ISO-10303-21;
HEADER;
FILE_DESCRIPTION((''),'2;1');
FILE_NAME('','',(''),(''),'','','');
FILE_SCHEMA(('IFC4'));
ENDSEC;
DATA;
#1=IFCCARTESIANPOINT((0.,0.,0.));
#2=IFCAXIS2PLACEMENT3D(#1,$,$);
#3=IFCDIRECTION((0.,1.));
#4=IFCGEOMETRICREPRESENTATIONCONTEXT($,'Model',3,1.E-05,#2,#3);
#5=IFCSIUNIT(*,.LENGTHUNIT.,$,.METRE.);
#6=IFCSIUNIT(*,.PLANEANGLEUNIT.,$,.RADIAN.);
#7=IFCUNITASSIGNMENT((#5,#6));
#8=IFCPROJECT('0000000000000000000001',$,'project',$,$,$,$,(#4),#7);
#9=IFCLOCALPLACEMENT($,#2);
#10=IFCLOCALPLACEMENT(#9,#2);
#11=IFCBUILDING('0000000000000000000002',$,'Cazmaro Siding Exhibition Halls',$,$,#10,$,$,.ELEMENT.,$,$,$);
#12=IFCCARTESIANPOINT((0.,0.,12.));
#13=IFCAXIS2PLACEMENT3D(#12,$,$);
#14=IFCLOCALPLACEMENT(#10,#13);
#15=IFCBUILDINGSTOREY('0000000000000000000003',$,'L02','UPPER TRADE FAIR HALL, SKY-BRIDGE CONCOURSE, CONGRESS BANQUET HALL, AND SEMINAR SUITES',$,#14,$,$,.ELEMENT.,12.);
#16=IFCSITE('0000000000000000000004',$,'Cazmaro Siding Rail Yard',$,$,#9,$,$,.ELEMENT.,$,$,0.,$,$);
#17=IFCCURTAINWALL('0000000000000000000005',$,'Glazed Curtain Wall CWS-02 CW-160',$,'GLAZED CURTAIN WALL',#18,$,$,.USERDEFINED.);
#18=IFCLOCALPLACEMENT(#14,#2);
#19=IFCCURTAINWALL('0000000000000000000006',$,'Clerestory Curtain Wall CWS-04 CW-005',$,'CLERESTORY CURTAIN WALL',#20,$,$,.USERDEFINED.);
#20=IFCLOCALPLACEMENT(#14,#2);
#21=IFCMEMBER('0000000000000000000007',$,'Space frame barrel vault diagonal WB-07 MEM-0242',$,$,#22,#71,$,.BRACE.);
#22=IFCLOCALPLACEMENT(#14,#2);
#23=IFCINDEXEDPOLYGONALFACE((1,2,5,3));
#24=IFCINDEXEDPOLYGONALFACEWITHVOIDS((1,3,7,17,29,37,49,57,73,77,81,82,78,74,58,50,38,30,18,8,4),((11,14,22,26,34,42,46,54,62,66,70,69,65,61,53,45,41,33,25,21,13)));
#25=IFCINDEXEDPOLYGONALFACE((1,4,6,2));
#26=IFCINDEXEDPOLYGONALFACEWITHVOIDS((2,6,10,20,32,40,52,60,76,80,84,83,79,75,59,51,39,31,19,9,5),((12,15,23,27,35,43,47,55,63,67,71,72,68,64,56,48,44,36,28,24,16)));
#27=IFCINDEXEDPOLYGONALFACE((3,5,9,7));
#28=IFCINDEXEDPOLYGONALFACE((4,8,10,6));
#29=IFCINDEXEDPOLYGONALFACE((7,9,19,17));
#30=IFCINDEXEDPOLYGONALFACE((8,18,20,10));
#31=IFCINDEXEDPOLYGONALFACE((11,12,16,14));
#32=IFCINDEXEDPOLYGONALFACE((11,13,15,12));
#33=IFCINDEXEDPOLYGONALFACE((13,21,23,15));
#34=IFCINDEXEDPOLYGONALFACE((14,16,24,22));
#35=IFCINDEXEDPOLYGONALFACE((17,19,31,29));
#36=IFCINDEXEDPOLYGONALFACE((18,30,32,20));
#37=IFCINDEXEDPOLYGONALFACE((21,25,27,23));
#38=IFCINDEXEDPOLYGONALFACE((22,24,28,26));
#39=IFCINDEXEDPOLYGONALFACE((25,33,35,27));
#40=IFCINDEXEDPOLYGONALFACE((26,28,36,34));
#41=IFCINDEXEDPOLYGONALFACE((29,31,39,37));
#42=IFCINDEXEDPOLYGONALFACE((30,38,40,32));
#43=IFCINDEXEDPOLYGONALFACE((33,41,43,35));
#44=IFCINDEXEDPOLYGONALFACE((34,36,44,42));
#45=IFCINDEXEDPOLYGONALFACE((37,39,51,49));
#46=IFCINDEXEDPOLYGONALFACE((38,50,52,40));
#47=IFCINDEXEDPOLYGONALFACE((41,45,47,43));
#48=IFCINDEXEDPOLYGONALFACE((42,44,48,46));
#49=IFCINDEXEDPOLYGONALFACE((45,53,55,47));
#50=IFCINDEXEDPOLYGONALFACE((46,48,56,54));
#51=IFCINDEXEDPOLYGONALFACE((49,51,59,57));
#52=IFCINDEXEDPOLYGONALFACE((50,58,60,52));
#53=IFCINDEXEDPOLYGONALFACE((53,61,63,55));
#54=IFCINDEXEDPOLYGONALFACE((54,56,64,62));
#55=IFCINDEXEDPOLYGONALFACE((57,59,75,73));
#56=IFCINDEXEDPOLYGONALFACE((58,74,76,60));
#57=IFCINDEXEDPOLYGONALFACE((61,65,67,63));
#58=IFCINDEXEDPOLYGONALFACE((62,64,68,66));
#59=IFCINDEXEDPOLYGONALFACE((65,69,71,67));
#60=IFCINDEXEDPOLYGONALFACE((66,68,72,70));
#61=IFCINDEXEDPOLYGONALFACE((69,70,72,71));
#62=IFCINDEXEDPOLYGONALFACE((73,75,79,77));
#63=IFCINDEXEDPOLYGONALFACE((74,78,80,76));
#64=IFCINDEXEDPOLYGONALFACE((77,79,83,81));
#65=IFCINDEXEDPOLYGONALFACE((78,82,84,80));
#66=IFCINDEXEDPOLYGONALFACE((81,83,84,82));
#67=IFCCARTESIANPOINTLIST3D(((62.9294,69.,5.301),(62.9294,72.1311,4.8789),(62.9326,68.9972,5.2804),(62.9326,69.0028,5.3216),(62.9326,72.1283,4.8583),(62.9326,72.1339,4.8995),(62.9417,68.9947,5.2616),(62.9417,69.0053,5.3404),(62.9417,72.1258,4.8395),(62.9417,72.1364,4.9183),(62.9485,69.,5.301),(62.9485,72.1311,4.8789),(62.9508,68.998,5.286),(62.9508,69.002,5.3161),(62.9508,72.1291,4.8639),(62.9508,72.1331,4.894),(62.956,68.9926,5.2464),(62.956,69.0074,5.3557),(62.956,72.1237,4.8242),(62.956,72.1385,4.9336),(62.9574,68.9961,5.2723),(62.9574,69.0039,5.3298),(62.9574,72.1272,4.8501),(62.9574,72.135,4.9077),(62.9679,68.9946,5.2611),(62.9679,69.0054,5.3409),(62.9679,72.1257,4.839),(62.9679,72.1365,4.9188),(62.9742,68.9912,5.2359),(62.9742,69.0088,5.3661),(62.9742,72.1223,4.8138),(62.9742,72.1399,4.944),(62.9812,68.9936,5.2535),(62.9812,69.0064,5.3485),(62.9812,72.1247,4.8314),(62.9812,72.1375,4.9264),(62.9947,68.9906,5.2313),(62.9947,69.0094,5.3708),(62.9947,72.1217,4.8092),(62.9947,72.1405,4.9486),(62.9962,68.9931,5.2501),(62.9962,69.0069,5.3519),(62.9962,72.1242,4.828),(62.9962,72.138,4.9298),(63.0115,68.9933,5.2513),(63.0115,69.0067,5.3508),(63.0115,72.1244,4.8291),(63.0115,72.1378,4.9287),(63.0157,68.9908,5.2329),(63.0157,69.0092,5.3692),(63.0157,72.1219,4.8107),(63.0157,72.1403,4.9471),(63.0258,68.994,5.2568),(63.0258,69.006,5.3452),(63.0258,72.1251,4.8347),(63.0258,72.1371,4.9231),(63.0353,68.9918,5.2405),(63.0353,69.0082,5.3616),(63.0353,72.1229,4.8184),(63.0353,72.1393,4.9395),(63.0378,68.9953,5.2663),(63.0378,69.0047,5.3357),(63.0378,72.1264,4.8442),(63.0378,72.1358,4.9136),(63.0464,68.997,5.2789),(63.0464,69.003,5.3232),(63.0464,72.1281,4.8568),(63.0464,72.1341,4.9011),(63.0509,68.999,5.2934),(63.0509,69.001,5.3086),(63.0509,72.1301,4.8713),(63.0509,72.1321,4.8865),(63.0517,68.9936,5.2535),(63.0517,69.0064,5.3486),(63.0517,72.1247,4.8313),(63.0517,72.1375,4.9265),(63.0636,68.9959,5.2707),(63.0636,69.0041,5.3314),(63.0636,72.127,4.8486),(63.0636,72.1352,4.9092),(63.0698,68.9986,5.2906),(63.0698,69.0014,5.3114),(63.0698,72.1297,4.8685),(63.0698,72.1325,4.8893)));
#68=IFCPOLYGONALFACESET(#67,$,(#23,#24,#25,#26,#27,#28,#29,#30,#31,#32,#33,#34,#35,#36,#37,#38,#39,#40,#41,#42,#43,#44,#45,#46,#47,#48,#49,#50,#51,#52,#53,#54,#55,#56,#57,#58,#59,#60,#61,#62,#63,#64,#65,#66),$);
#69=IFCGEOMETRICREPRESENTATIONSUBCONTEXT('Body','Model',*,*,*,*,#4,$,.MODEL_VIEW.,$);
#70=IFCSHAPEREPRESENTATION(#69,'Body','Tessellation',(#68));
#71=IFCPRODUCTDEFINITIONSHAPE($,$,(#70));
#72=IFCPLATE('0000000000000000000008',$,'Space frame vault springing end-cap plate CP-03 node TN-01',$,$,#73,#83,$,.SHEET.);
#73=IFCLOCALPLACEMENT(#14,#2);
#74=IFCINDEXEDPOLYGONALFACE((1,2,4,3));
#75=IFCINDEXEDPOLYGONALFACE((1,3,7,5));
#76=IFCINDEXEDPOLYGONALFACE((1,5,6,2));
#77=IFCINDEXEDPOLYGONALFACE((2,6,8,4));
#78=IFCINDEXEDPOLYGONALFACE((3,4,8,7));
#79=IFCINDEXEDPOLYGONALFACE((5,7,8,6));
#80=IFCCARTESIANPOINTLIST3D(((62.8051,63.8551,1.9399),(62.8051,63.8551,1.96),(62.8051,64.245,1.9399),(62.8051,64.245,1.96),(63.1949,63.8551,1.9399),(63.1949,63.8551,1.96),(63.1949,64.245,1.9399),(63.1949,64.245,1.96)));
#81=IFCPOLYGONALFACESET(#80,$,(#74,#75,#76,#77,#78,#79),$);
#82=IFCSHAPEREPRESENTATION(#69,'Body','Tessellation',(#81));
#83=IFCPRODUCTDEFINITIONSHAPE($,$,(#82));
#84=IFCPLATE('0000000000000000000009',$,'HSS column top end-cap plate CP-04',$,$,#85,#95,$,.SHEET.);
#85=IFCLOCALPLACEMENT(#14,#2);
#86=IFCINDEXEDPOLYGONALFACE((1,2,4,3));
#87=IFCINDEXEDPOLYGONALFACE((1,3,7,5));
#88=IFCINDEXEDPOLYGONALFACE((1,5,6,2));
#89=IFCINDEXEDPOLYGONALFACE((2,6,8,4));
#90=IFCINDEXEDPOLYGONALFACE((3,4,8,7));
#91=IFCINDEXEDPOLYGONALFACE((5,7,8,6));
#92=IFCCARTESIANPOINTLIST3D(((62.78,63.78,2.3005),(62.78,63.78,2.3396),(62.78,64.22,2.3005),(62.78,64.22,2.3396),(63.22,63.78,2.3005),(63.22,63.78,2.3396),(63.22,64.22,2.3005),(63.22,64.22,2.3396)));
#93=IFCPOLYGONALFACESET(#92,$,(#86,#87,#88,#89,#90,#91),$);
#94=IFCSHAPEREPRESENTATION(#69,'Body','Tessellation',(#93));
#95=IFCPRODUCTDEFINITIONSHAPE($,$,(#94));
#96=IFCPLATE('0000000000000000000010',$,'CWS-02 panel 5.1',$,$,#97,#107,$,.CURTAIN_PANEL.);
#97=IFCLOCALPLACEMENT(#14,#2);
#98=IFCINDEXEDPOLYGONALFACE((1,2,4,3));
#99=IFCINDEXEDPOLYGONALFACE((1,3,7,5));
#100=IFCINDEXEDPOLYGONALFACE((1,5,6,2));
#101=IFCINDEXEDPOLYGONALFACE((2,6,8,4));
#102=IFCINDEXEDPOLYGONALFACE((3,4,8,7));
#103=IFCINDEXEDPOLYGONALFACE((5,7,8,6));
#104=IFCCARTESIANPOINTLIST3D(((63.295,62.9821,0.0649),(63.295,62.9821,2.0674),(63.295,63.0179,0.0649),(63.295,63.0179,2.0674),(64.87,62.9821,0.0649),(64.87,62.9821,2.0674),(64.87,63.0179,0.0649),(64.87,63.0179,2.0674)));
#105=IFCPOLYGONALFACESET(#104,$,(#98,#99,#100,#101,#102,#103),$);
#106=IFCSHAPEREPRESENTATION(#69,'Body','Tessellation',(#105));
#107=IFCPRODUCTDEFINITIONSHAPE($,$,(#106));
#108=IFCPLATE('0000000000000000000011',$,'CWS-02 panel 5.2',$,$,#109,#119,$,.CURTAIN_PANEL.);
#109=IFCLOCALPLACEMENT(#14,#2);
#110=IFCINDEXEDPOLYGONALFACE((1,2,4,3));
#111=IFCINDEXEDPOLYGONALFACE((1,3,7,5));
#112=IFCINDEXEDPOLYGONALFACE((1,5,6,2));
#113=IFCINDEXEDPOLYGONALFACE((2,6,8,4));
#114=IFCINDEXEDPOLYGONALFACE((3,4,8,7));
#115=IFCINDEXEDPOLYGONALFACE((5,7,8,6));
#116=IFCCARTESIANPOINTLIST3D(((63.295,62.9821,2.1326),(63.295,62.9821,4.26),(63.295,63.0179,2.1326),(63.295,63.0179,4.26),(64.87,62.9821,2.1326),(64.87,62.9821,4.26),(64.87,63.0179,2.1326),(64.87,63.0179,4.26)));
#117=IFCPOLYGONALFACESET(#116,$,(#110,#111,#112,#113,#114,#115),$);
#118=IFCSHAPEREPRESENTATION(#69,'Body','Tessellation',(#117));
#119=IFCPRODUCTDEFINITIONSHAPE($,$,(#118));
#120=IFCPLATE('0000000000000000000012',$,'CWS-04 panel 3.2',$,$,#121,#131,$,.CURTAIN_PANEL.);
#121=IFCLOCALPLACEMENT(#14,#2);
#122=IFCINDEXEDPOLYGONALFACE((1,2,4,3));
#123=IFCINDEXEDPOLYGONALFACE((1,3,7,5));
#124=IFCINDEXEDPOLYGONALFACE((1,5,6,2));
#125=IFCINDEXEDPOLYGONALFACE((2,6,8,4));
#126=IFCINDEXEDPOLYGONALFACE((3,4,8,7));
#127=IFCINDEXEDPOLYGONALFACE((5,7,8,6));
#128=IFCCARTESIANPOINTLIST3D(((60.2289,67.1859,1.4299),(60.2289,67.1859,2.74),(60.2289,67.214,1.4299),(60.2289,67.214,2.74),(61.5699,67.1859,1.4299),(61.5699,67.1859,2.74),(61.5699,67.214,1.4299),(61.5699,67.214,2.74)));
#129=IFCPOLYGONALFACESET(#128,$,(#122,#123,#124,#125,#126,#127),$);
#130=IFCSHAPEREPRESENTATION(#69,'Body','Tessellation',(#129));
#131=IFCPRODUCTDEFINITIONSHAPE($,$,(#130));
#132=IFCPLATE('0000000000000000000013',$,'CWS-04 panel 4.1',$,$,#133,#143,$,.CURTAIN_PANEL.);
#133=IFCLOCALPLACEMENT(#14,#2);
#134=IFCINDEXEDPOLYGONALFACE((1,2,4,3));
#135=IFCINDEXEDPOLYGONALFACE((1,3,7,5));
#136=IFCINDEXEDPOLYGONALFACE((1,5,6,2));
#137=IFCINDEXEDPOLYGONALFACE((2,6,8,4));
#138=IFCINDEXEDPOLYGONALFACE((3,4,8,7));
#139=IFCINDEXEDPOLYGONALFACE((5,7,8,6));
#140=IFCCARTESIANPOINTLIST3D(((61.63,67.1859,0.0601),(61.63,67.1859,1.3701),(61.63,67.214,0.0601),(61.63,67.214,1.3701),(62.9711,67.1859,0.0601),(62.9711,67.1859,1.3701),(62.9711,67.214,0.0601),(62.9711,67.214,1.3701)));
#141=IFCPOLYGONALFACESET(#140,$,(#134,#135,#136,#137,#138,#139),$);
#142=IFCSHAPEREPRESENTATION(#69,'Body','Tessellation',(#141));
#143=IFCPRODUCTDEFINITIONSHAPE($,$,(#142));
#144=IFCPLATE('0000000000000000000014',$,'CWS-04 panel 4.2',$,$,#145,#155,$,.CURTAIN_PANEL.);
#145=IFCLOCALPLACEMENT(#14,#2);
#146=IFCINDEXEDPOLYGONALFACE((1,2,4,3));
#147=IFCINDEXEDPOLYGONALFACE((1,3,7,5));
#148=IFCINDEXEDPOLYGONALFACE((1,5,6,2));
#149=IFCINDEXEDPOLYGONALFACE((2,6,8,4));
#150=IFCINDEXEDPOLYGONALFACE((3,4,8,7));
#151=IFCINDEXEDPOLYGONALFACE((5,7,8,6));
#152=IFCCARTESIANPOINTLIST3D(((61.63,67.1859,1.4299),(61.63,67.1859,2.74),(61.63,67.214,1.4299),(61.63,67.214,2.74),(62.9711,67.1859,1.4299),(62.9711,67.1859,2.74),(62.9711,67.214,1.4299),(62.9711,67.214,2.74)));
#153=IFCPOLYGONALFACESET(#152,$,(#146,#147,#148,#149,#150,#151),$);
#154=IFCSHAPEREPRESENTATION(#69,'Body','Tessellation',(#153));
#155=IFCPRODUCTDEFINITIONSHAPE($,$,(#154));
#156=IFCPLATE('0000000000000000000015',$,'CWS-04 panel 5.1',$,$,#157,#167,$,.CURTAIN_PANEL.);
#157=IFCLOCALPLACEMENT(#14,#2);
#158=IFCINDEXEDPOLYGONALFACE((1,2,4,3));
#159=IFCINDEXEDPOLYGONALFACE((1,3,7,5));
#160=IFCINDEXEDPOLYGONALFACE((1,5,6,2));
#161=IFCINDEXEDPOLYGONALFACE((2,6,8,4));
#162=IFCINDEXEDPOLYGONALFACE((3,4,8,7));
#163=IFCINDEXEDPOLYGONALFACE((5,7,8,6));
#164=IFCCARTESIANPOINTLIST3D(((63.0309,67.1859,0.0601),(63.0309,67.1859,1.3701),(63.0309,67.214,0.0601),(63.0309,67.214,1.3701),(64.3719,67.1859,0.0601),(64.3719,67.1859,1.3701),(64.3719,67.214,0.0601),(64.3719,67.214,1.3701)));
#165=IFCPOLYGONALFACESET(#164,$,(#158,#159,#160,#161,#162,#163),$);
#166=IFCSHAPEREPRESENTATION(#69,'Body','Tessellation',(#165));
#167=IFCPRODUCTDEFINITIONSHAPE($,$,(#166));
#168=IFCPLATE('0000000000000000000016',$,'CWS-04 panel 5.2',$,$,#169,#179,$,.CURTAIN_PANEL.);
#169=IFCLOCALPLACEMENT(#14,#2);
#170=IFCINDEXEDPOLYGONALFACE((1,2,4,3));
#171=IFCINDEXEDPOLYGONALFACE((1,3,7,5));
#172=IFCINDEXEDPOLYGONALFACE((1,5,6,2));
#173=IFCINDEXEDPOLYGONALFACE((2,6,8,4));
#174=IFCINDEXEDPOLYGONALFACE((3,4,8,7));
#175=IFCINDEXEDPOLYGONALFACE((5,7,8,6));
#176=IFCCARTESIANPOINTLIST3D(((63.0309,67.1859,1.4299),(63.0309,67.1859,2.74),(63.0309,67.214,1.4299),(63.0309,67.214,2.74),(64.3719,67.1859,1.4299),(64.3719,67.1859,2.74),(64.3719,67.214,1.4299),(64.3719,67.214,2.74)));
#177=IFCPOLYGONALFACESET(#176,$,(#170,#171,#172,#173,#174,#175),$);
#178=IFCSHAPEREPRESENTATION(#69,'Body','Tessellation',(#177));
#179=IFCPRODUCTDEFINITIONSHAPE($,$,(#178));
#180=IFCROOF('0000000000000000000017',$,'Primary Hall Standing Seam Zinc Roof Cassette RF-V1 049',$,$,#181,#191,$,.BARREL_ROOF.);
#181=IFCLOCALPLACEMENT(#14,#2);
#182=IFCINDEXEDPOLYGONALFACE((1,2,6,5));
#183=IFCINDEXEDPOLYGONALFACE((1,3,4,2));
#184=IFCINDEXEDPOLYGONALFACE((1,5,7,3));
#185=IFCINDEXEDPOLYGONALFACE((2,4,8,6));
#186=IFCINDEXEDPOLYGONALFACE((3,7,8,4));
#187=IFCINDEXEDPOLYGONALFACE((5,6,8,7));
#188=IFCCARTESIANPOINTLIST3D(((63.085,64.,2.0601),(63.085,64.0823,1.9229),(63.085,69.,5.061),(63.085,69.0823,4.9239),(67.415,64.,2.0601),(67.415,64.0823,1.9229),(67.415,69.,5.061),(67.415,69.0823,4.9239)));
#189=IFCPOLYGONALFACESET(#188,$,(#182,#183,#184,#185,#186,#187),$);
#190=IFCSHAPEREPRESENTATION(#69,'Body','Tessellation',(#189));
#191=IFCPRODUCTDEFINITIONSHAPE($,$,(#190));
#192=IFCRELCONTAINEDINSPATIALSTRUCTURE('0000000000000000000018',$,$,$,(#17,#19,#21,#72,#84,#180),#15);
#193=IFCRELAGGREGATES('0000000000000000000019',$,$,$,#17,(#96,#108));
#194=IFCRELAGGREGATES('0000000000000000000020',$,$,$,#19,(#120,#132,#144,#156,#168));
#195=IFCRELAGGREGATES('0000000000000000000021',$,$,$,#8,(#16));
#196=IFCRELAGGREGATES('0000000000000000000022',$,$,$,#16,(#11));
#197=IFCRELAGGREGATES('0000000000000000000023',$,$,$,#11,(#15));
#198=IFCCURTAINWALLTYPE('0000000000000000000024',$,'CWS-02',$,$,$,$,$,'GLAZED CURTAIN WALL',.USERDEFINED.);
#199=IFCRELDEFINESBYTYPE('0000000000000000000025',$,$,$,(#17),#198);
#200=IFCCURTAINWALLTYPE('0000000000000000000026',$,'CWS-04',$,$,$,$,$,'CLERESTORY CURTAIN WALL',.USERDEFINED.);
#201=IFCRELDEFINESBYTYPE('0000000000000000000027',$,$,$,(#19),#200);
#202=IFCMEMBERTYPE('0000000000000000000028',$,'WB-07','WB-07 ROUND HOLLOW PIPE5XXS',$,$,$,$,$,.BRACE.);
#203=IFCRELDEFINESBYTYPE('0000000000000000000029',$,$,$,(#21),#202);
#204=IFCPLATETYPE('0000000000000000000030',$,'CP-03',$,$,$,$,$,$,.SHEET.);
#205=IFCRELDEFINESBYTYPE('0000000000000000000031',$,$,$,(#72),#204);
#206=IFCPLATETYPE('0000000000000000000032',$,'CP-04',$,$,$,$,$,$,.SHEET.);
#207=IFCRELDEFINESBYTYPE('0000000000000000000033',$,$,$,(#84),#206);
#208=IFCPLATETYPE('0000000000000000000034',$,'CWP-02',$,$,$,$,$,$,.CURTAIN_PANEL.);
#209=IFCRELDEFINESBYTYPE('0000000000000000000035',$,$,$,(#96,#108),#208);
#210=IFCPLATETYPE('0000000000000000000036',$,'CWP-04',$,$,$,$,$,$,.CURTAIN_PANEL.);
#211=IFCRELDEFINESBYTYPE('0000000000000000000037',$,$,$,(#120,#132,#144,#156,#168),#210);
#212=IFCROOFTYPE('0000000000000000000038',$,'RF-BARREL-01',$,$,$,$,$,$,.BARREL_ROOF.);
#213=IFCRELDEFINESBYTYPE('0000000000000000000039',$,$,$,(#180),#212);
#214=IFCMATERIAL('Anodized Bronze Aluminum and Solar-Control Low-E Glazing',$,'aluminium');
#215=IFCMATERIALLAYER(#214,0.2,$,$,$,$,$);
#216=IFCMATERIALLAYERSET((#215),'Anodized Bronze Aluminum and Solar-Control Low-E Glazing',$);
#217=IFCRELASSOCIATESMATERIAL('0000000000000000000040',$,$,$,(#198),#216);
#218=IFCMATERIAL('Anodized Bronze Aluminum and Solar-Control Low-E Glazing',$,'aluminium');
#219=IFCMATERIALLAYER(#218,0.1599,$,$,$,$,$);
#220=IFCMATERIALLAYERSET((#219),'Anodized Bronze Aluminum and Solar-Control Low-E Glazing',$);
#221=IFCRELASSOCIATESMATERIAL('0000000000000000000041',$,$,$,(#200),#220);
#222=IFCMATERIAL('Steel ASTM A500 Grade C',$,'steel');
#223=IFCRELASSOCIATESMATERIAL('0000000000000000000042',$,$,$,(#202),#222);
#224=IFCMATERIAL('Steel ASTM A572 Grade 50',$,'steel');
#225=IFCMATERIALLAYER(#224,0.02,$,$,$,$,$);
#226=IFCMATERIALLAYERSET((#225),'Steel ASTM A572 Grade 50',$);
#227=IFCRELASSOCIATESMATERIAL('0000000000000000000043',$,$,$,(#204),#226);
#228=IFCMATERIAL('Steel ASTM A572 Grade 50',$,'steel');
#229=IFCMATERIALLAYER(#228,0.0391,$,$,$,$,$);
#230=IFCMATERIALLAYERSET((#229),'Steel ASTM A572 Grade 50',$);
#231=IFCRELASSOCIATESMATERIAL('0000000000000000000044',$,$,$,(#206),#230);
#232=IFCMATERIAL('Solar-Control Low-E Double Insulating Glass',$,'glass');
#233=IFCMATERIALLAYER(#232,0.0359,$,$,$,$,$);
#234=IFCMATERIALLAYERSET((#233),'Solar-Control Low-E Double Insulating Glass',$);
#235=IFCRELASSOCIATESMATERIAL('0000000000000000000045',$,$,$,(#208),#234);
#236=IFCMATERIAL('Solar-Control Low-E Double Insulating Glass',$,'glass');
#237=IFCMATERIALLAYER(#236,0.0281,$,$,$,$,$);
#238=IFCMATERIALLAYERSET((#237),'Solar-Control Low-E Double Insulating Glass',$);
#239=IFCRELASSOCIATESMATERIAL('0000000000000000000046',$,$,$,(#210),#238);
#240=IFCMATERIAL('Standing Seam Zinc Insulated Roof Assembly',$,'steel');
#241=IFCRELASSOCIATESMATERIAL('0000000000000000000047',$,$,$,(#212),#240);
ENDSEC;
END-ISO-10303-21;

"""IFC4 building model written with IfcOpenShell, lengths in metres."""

from ifc_helpers import new_model, si_unit, direction, frame, origin, origin_2d, place, context, subcontext, project, spatial, polyline, rectangle, hollow_circle, outline, extrude, material, layer, layer_set, material_profile, profile_set, type_object, element, aggregate, save


model = new_model("IFC4")

# Units and contexts
model_context = context("Model", 3, precision=1e-05, world=origin(), true_north=direction((0.0, 1.0)))
body_context = subcontext(model_context, "Body", "Model", "MODEL_VIEW")
ifc_project = project(units=[si_unit("LENGTHUNIT", "METRE"), si_unit("PLANEANGLEUNIT", "RADIAN")], contexts=[model_context])

# Site, building, storey
site_placement = place(None, origin())
site = spatial("IfcSite", under=ifc_project, at=site_placement, Name="Cazmaro Siding Rail Yard", CompositionType="ELEMENT", RefElevation=0.0)
building_placement = place(site_placement, origin())
building = spatial("IfcBuilding", under=site, at=building_placement, Name="Cazmaro Siding Exhibition Halls", CompositionType="ELEMENT")
storey_placement = place(building_placement, frame((0.0, 0.0, 12.0)))
storey = spatial("IfcBuildingStorey", under=building, at=storey_placement, Name="L02", Description="UPPER TRADE FAIR HALL, SKY-BRIDGE CONCOURSE, CONGRESS BANQUET HALL, AND SEMINAR SUITES", CompositionType="ELEMENT", Elevation=12.0)

# Curtain wall
ifc_material_1 = material(Name="Anodized Bronze Aluminum and Solar-Control Low-E Glazing", Category="aluminium")
ifc_layer_1 = layer(ifc_material_1, 0.2)
ifc_layer_set_1 = layer_set([ifc_layer_1], Name="Anodized Bronze Aluminum and Solar-Control Low-E Glazing")
curtain_wall_type_1 = type_object("IfcCurtainWallType", Name="CWS-02", ElementType="GLAZED CURTAIN WALL", PredefinedType="USERDEFINED", material=ifc_layer_set_1)
curtain_wall_1_placement = place(storey_placement, origin())
curtain_wall_1 = element("IfcCurtainWall", 1, at=curtain_wall_1_placement, inside=storey, type_object=curtain_wall_type_1, Name="Glazed Curtain Wall CWS-02 CW-160", ObjectType="GLAZED CURTAIN WALL", PredefinedType="USERDEFINED")

# Curtain wall
ifc_material_2 = material(Name="Anodized Bronze Aluminum and Solar-Control Low-E Glazing", Category="aluminium")
ifc_layer_2 = layer(ifc_material_2, 0.1599)
ifc_layer_set_2 = layer_set([ifc_layer_2], Name="Anodized Bronze Aluminum and Solar-Control Low-E Glazing")
curtain_wall_type_2 = type_object("IfcCurtainWallType", Name="CWS-04", ElementType="CLERESTORY CURTAIN WALL", PredefinedType="USERDEFINED", material=ifc_layer_set_2)
curtain_wall_2_placement = place(storey_placement, origin())
curtain_wall_2 = element("IfcCurtainWall", 2, at=curtain_wall_2_placement, inside=storey, type_object=curtain_wall_type_2, Name="Clerestory Curtain Wall CWS-04 CW-005", ObjectType="CLERESTORY CURTAIN WALL", PredefinedType="USERDEFINED")

# Member
ifc_material_3 = material(Name="Steel ASTM A500 Grade C", Category="steel")
ifc_material_profile_1 = material_profile(ifc_material_3, hollow_circle(Radius=0.0706, WallThickness=0.019, at=origin_2d()), Name="PIPE5XXS")
ifc_profile_set_1 = profile_set([ifc_material_profile_1], Name="Steel ASTM A500 Grade C")
member_type_1 = type_object("IfcMemberType", Name="WB-07", Description="WB-07 ROUND HOLLOW PIPE5XXS", PredefinedType="BRACE", material=ifc_profile_set_1)
member_1_placement = place(storey_placement, frame((63.0, 69.0, 5.301), z_axis=(0.0, 0.991035, -0.133606), x_axis=(-1.0, 0.0, 0.0)))
element("IfcMember", 3, at=member_1_placement, inside=storey, type_object=member_type_1, Name="Space frame barrel vault diagonal WB-07 MEM-0242", PredefinedType="BRACE", context=body_context, shape_type="SweptSolid", body=[
    extrude(hollow_circle(Radius=0.0706, WallThickness=0.019, at=origin_2d()), origin(), (0.0, 0.0, 1.0), 3.1594),
])

# Plates
ifc_material_4 = material(Name="Steel ASTM A572 Grade 50", Category="steel")
ifc_layer_3 = layer(ifc_material_4, 0.02)
ifc_layer_set_3 = layer_set([ifc_layer_3], Name="Steel ASTM A572 Grade 50")
plate_type_1 = type_object("IfcPlateType", Name="CP-03", PredefinedType="SHEET", material=ifc_layer_set_3)
plate_1_placement = place(storey_placement, frame((63.0, 64.05, 1.9399), z_axis=(0.0, 0.0, 1.0), x_axis=(1.0, 0.0, 0.0)))
element("IfcPlate", 4, at=plate_1_placement, inside=storey, type_object=plate_type_1, Name="Space frame vault springing end-cap plate CP-03 node TN-01", PredefinedType="SHEET", context=body_context, shape_type="SweptSolid", body=[
    extrude(rectangle(XDim=0.3899, YDim=0.3899, at=origin_2d()), origin(), (0.0, 0.0, 1.0), 0.02),
])
ifc_material_5 = material(Name="Steel ASTM A572 Grade 50", Category="steel")
ifc_layer_4 = layer(ifc_material_5, 0.0391)
ifc_layer_set_4 = layer_set([ifc_layer_4], Name="Steel ASTM A572 Grade 50")
plate_type_2 = type_object("IfcPlateType", Name="CP-04", PredefinedType="SHEET", material=ifc_layer_set_4)
plate_2_placement = place(storey_placement, frame((63.0, 64.0, 2.3005), z_axis=(0.0, 0.0, 1.0), x_axis=(1.0, 0.0, 0.0)))
element("IfcPlate", 5, at=plate_2_placement, inside=storey, type_object=plate_type_2, Name="HSS column top end-cap plate CP-04", PredefinedType="SHEET", context=body_context, shape_type="SweptSolid", body=[
    extrude(rectangle(XDim=0.4399, YDim=0.4399, at=origin_2d()), origin(), (0.0, 0.0, 1.0), 0.0391),
])

# Plates
ifc_material_6 = material(Name="Solar-Control Low-E Double Insulating Glass", Category="glass")
ifc_layer_5 = layer(ifc_material_6, 0.0359)
ifc_layer_set_5 = layer_set([ifc_layer_5], Name="Solar-Control Low-E Double Insulating Glass")
plate_type_3 = type_object("IfcPlateType", Name="CWP-02", PredefinedType="CURTAIN_PANEL", material=ifc_layer_set_5)
plate_3_placement = place(storey_placement, frame((64.0825, 63.0, 0.0649), z_axis=(0.0, 0.0, 1.0), x_axis=(-1.0, 0.0, 0.0)))
plate_3 = element("IfcPlate", 6, at=plate_3_placement, type_object=plate_type_3, Name="CWS-02 panel 5.1", PredefinedType="CURTAIN_PANEL", context=body_context, shape_type="SweptSolid", body=[
    extrude(rectangle(XDim=1.575, YDim=0.0359, at=origin_2d()), origin(), (0.0, 0.0, 1.0), 2.0024),
])
plate_4_placement = place(storey_placement, frame((64.0825, 63.0, 2.1326), z_axis=(0.0, 0.0, 1.0), x_axis=(-1.0, 0.0, 0.0)))
plate_4 = element("IfcPlate", 7, at=plate_4_placement, type_object=plate_type_3, Name="CWS-02 panel 5.2", PredefinedType="CURTAIN_PANEL", context=body_context, shape_type="SweptSolid", body=[
    extrude(rectangle(XDim=1.575, YDim=0.0359, at=origin_2d()), origin(), (0.0, 0.0, 1.0), 2.1274),
])
aggregate(curtain_wall_1, [plate_3, plate_4])
ifc_material_7 = material(Name="Solar-Control Low-E Double Insulating Glass", Category="glass")
ifc_layer_6 = layer(ifc_material_7, 0.0281)
ifc_layer_set_6 = layer_set([ifc_layer_6], Name="Solar-Control Low-E Double Insulating Glass")
plate_type_4 = type_object("IfcPlateType", Name="CWP-04", PredefinedType="CURTAIN_PANEL", material=ifc_layer_set_6)
plate_5_placement = place(storey_placement, frame((60.8994, 67.2, 1.4299), z_axis=(0.0, 0.0, 1.0), x_axis=(1.0, 0.0, 0.0)))
plate_5 = element("IfcPlate", 8, at=plate_5_placement, type_object=plate_type_4, Name="CWS-04 panel 3.2", PredefinedType="CURTAIN_PANEL", context=body_context, shape_type="SweptSolid", body=[
    extrude(rectangle(XDim=1.3411, YDim=0.0281, at=origin_2d()), origin(), (0.0, 0.0, 1.0), 1.3101),
])
plate_6_placement = place(storey_placement, frame((62.3005, 67.2, 0.0601), z_axis=(0.0, 0.0, 1.0), x_axis=(1.0, 0.0, 0.0)))
plate_6 = element("IfcPlate", 9, at=plate_6_placement, type_object=plate_type_4, Name="CWS-04 panel 4.1", PredefinedType="CURTAIN_PANEL", context=body_context, shape_type="SweptSolid", body=[
    extrude(rectangle(XDim=1.3411, YDim=0.0281, at=origin_2d()), origin(), (0.0, 0.0, 1.0), 1.3101),
])
plate_7_placement = place(storey_placement, frame((62.3005, 67.2, 1.4299), z_axis=(0.0, 0.0, 1.0), x_axis=(1.0, 0.0, 0.0)))
plate_7 = element("IfcPlate", 10, at=plate_7_placement, type_object=plate_type_4, Name="CWS-04 panel 4.2", PredefinedType="CURTAIN_PANEL", context=body_context, shape_type="SweptSolid", body=[
    extrude(rectangle(XDim=1.3411, YDim=0.0281, at=origin_2d()), origin(), (0.0, 0.0, 1.0), 1.3101),
])
plate_8_placement = place(storey_placement, frame((63.7014, 67.2, 0.0601), z_axis=(0.0, 0.0, 1.0), x_axis=(1.0, 0.0, 0.0)))
plate_8 = element("IfcPlate", 11, at=plate_8_placement, type_object=plate_type_4, Name="CWS-04 panel 5.1", PredefinedType="CURTAIN_PANEL", context=body_context, shape_type="SweptSolid", body=[
    extrude(rectangle(XDim=1.3411, YDim=0.0281, at=origin_2d()), origin(), (0.0, 0.0, 1.0), 1.3101),
])
plate_9_placement = place(storey_placement, frame((63.7014, 67.2, 1.4299), z_axis=(0.0, 0.0, 1.0), x_axis=(1.0, 0.0, 0.0)))
plate_9 = element("IfcPlate", 12, at=plate_9_placement, type_object=plate_type_4, Name="CWS-04 panel 5.2", PredefinedType="CURTAIN_PANEL", context=body_context, shape_type="SweptSolid", body=[
    extrude(rectangle(XDim=1.3411, YDim=0.0281, at=origin_2d()), origin(), (0.0, 0.0, 1.0), 1.3101),
])
aggregate(curtain_wall_2, [plate_5, plate_6, plate_7, plate_8, plate_9])

# Roof
ifc_material_8 = material(Name="Standing Seam Zinc Insulated Roof Assembly", Category="steel")
roof_type = type_object("IfcRoofType", Name="RF-BARREL-01", PredefinedType="BARREL_ROOF", material=ifc_material_8)
roof_placement = place(storey_placement, frame((63.085, 64.0, 2.0601), z_axis=(0.0, -0.514619, 0.857419), x_axis=(1.0, 0.0, 0.0)))
element("IfcRoof", 13, at=roof_placement, inside=storey, type_object=roof_type, Name="Primary Hall Standing Seam Zinc Roof Cassette RF-V1 049", PredefinedType="BARREL_ROOF", context=body_context, shape_type="SweptSolid", body=[
    extrude(outline(polyline([(0.0, 0.0), (4.3301, 0.0), (4.3301, 5.8315), (0.0, 5.8315), (0.0, 0.0)])), origin(), (0.0, 0.0, -1.0), 0.1599),
])

save(model, "model.ifc")
